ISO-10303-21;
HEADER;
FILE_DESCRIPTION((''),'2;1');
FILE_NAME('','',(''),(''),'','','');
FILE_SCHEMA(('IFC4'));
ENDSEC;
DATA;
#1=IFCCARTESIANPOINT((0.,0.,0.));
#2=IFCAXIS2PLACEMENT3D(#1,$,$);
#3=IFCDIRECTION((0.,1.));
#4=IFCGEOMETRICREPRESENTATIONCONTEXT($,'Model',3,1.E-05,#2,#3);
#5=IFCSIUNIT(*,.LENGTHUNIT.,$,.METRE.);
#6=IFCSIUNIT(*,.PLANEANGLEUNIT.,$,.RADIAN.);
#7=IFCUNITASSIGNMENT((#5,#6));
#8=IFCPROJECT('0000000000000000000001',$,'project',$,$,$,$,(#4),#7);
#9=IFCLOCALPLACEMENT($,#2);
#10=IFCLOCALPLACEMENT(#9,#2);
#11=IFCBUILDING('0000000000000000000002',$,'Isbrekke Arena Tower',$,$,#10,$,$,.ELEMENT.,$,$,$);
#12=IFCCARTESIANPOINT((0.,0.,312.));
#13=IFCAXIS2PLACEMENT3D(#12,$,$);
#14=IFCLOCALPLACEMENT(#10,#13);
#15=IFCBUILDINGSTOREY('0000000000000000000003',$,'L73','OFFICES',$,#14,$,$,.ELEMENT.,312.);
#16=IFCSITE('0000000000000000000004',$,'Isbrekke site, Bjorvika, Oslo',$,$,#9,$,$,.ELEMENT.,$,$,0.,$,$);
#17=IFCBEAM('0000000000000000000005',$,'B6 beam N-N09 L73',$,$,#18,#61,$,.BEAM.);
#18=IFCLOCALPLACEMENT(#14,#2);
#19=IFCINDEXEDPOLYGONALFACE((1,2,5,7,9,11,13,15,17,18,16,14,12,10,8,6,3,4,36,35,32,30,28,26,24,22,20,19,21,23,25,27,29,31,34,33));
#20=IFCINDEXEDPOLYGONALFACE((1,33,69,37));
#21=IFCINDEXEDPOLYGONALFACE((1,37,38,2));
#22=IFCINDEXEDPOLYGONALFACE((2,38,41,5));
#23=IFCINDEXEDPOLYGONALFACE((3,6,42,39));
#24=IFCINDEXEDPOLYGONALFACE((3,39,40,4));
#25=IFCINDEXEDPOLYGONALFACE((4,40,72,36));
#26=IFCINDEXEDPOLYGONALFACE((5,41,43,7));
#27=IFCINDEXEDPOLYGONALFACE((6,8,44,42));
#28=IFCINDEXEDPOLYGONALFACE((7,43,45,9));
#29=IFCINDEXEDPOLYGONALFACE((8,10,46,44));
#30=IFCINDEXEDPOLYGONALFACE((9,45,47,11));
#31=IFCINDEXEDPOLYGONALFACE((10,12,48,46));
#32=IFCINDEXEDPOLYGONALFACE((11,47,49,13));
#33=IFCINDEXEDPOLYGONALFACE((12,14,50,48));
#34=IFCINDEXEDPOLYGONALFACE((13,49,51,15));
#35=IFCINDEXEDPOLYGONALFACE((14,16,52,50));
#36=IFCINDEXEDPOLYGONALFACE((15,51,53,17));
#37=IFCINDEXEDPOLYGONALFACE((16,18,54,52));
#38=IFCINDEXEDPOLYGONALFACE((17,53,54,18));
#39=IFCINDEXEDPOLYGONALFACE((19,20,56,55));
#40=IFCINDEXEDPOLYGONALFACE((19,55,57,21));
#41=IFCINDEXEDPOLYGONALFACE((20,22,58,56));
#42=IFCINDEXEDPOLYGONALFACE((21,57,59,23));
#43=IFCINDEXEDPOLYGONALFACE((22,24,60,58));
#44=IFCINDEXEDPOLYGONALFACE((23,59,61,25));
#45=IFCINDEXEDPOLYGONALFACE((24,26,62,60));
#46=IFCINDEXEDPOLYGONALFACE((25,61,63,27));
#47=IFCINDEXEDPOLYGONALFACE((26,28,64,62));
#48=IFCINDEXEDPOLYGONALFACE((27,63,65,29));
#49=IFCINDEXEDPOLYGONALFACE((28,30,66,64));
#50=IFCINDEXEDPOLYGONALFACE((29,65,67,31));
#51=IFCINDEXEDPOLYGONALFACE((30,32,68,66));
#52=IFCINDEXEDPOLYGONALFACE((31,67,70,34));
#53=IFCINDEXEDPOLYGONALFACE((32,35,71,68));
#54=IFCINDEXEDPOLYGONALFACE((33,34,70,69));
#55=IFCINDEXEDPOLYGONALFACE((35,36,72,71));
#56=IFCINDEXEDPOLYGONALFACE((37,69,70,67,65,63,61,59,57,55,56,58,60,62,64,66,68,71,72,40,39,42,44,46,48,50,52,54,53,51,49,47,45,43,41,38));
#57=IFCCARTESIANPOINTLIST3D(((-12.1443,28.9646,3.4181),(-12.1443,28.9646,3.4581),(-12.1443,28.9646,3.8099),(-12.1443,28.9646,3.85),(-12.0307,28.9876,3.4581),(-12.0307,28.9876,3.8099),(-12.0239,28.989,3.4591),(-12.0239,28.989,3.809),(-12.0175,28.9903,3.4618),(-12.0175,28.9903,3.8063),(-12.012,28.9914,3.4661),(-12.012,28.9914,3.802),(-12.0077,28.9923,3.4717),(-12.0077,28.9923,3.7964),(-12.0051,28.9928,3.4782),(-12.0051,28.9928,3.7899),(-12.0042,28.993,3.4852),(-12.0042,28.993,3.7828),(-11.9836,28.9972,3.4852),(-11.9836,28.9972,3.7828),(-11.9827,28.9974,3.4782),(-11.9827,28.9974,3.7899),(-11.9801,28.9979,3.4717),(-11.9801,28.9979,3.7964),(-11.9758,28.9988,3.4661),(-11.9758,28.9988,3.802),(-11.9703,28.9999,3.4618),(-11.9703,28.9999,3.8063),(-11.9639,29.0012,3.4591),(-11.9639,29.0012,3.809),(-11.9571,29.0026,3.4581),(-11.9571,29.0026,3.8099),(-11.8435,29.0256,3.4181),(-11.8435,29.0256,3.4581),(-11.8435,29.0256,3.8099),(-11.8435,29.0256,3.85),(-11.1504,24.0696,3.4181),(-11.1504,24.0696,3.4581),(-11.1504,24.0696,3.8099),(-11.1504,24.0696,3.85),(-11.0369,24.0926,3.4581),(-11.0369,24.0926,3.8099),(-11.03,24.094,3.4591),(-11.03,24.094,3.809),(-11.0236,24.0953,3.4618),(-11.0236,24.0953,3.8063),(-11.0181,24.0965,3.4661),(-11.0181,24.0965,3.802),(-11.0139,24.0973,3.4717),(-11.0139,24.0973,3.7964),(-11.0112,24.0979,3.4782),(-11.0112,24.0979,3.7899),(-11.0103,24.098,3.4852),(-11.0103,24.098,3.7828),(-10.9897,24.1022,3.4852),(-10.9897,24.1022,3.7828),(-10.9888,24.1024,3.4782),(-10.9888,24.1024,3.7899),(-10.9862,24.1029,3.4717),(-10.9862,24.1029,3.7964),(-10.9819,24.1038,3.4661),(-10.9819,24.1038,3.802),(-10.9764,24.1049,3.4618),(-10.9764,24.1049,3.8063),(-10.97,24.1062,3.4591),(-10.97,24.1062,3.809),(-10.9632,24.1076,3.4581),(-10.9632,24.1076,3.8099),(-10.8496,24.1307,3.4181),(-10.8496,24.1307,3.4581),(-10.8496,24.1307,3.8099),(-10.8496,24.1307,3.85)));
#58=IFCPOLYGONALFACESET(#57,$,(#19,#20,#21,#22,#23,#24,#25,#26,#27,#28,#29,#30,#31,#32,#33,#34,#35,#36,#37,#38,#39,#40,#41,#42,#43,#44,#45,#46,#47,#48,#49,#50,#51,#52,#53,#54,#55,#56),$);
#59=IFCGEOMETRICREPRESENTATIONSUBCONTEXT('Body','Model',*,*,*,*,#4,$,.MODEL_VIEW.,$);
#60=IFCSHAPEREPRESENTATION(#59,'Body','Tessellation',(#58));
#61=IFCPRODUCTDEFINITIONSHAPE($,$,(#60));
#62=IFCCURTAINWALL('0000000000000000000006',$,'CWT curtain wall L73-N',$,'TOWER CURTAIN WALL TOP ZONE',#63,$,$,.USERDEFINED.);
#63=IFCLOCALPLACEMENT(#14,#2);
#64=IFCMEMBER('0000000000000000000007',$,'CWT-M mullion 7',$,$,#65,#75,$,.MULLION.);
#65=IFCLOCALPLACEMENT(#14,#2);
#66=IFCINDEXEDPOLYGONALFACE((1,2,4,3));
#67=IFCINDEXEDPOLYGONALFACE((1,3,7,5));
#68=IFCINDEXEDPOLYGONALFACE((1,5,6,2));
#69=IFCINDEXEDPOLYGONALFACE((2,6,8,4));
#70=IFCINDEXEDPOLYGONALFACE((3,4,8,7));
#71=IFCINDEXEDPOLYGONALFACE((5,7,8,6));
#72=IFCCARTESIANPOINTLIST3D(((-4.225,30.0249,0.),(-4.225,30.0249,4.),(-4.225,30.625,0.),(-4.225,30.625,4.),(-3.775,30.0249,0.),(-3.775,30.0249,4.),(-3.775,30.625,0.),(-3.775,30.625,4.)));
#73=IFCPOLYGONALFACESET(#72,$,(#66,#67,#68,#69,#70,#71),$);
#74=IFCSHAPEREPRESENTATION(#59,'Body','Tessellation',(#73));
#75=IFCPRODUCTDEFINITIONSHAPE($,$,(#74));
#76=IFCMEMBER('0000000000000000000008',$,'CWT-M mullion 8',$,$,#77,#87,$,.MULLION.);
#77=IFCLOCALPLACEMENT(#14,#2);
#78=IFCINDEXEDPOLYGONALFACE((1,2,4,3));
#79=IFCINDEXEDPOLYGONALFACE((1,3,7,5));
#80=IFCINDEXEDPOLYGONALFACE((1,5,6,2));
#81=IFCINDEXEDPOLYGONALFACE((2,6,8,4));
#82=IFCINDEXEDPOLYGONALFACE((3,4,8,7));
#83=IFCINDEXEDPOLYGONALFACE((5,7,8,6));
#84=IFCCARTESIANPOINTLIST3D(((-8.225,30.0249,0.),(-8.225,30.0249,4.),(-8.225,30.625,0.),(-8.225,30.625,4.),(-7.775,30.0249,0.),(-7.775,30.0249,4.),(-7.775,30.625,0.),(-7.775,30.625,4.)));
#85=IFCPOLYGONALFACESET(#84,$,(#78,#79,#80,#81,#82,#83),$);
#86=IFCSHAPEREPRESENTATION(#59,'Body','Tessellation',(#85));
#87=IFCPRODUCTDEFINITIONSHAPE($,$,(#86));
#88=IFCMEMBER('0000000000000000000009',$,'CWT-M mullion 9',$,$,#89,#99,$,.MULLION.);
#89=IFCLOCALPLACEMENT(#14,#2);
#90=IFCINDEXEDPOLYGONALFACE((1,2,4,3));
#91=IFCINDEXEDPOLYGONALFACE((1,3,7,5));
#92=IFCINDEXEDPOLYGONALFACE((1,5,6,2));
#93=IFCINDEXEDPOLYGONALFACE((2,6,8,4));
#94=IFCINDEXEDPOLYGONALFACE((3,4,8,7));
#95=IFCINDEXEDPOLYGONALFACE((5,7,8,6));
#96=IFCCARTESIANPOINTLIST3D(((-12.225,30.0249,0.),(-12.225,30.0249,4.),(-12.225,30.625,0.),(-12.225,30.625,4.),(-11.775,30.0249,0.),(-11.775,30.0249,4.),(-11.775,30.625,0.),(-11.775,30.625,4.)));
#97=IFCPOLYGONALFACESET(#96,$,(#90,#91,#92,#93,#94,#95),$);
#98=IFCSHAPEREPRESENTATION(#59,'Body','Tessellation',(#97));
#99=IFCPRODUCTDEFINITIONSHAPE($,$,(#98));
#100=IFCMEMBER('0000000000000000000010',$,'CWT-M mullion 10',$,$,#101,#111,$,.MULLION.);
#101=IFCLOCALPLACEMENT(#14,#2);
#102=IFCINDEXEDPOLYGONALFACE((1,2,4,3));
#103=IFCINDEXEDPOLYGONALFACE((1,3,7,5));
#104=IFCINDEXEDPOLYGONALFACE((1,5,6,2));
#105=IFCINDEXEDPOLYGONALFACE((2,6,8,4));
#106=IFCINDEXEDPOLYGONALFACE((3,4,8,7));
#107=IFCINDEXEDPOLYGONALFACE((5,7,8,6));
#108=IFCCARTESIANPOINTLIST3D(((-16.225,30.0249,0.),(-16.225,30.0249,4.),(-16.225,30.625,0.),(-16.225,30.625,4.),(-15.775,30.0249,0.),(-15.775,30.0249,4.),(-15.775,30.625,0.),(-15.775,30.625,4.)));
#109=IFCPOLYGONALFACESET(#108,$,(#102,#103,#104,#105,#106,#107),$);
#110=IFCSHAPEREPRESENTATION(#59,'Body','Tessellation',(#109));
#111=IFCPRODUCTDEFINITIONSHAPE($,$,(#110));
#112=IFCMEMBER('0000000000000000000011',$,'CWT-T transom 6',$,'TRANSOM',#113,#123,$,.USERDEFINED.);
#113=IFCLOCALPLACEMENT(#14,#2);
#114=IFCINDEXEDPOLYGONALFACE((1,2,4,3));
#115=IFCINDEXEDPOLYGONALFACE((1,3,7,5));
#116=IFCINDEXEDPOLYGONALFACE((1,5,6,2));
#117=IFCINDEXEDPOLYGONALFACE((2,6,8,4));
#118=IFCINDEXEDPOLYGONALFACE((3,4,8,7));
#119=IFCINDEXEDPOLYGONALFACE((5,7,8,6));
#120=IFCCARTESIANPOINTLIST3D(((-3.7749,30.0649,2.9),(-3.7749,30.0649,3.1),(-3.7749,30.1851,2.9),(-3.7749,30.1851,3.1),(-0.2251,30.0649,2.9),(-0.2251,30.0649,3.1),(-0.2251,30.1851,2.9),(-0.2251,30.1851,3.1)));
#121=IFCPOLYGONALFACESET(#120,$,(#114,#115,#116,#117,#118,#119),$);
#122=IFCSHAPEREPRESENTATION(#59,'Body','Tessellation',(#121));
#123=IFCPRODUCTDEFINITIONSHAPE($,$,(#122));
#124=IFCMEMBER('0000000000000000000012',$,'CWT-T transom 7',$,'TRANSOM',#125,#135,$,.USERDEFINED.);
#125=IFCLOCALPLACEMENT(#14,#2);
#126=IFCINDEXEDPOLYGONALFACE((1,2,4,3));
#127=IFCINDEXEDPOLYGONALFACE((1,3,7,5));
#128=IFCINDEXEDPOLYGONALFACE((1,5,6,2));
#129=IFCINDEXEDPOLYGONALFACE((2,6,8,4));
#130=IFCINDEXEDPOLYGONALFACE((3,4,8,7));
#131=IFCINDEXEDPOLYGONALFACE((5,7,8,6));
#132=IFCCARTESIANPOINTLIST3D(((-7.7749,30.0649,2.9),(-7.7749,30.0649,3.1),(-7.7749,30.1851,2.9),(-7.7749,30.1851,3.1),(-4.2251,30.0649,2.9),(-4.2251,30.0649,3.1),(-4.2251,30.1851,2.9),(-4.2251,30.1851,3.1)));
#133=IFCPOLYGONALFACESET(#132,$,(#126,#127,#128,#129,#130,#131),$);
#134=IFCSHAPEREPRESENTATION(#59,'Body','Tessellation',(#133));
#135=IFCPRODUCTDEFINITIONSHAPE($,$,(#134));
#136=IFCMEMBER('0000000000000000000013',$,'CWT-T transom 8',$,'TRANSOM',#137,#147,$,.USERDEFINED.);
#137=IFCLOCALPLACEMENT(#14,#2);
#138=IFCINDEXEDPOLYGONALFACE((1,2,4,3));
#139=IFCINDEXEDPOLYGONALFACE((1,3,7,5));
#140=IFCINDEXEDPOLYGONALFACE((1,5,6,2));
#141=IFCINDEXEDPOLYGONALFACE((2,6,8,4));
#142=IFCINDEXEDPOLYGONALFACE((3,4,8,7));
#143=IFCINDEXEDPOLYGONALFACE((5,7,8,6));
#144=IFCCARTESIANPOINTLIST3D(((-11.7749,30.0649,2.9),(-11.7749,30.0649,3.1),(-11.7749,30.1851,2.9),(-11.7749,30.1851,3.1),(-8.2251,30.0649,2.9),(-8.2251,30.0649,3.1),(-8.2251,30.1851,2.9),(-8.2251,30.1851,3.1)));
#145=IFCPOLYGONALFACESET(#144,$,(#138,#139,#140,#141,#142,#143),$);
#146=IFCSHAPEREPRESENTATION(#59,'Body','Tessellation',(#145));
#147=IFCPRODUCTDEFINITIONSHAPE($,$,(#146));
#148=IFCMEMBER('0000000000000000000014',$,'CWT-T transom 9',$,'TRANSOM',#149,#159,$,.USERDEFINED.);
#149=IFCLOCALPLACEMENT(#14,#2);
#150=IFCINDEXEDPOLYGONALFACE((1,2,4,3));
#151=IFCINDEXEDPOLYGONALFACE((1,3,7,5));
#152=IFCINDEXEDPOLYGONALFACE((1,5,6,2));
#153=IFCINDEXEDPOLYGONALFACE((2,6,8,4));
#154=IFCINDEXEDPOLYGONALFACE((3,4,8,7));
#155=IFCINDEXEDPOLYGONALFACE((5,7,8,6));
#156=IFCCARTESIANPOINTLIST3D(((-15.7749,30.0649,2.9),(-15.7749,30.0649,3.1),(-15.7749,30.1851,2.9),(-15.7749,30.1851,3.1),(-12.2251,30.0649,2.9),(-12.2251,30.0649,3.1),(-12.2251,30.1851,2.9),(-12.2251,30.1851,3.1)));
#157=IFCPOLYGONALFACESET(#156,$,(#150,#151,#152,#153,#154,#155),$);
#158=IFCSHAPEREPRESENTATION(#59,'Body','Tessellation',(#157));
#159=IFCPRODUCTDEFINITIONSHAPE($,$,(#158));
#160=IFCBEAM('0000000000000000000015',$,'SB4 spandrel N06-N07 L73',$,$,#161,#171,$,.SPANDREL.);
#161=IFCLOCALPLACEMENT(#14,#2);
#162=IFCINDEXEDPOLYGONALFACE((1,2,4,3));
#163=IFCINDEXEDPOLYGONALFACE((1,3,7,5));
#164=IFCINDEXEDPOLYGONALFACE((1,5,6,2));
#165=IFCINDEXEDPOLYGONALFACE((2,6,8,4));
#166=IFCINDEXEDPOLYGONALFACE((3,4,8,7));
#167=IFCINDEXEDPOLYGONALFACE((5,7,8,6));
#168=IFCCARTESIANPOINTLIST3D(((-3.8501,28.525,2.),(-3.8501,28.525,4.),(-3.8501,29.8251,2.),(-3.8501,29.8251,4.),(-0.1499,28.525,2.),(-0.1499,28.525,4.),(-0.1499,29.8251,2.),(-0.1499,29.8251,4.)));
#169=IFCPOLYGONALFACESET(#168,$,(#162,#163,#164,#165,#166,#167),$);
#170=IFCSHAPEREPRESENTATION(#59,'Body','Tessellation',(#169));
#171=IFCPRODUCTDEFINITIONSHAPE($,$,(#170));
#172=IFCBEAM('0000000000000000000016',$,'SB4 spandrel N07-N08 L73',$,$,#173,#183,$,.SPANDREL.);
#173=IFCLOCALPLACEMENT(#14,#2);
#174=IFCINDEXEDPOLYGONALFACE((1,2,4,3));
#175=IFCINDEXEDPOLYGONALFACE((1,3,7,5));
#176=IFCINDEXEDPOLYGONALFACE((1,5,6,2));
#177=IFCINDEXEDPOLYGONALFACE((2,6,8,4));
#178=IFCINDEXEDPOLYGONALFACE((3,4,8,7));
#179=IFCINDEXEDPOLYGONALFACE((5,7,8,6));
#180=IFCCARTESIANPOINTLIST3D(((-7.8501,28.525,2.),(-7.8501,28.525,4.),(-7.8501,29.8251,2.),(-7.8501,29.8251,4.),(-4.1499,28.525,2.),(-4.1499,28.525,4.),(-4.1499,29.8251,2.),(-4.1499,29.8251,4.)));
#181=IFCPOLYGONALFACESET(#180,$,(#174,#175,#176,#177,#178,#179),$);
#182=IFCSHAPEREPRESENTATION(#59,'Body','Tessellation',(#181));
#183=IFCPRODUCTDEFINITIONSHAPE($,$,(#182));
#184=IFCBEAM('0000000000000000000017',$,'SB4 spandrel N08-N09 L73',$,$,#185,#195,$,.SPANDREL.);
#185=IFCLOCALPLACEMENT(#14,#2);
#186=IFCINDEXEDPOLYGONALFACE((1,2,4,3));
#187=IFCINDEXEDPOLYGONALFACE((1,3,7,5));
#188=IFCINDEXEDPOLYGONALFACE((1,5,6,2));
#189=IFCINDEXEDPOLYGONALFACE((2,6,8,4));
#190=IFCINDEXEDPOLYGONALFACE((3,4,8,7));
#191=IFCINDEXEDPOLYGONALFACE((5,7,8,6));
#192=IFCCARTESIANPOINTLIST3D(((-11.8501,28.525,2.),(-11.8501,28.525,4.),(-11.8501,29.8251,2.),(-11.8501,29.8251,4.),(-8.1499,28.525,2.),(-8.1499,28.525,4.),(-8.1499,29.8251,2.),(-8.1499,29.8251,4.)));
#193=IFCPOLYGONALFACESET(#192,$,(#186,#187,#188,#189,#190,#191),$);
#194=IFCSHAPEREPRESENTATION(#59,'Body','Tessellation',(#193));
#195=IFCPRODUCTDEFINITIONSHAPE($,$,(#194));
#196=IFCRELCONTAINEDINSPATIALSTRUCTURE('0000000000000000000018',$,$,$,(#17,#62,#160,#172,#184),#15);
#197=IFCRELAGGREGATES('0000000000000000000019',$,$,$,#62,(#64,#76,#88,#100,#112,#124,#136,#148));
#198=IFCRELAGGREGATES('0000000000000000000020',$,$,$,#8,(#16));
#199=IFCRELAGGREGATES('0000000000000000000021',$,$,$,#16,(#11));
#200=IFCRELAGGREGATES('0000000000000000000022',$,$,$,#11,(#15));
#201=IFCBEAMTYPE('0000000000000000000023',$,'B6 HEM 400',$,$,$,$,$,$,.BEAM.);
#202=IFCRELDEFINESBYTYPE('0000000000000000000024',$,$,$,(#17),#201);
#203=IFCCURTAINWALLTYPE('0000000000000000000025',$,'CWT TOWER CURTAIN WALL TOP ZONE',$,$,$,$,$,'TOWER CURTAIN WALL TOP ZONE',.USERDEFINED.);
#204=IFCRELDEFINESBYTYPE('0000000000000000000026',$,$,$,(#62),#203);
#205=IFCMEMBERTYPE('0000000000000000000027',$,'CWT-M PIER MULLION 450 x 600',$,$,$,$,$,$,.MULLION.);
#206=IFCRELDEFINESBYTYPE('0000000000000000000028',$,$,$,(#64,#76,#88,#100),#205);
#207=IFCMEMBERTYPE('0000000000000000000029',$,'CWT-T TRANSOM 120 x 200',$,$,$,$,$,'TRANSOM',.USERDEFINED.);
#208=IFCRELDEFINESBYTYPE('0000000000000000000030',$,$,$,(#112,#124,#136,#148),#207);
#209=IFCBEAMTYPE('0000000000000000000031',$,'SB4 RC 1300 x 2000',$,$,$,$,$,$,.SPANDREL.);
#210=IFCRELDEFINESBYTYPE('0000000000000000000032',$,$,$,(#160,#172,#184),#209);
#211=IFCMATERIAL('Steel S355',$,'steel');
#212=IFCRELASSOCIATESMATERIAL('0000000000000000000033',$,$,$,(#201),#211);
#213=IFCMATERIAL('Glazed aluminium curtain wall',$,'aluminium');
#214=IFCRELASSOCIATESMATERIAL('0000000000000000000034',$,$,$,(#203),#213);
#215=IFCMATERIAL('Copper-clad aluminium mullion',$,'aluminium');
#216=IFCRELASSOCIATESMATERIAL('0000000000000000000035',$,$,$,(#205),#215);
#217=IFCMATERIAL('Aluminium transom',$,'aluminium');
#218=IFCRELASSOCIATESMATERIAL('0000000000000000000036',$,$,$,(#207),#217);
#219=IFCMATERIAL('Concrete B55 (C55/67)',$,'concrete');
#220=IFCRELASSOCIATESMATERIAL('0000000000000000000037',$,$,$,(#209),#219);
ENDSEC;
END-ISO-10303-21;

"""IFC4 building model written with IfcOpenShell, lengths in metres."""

from ifc_helpers import new_model, si_unit, direction, frame, origin, origin_2d, place, context, subcontext, project, spatial, rectangle, i_section, extrude, material, material_profile, profile_set, type_object, element, aggregate, save


model = new_model("IFC4")

# Units and contexts
model_context = context("Model", 3, precision=1e-05, world=origin(), true_north=direction((0.0, 1.0)))
body_context = subcontext(model_context, "Body", "Model", "MODEL_VIEW")
ifc_project = project(units=[si_unit("LENGTHUNIT", "METRE"), si_unit("PLANEANGLEUNIT", "RADIAN")], contexts=[model_context])

# Site, building, storey
site_placement = place(None, origin())
site = spatial("IfcSite", under=ifc_project, at=site_placement, Name="Isbrekke site, Bjorvika, Oslo", CompositionType="ELEMENT", RefElevation=0.0)
building_placement = place(site_placement, origin())
building = spatial("IfcBuilding", under=site, at=building_placement, Name="Isbrekke Arena Tower", CompositionType="ELEMENT")
storey_placement = place(building_placement, frame((0.0, 0.0, 312.0)))
storey = spatial("IfcBuildingStorey", under=building, at=storey_placement, Name="L73", Description="OFFICES", CompositionType="ELEMENT", Elevation=312.0)

# Beam
ifc_material_1 = material(Name="Steel S355", Category="steel")
ifc_material_profile_1 = material_profile(ifc_material_1, i_section(OverallWidth=0.3069, OverallDepth=0.4319, WebThickness=0.021, FlangeThickness=0.04, FilletRadius=0.0271, at=origin_2d()), Name="HEM 400")
ifc_profile_set_1 = profile_set([ifc_material_profile_1], Name="Steel S355")
beam_type_1 = type_object("IfcBeamType", Name="B6 HEM 400", PredefinedType="BEAM", material=ifc_profile_set_1)
beam_1_placement = place(storey_placement, frame((-11.9939, 28.9951, 3.634), z_axis=(0.198982, -0.980003, 0.0), x_axis=(0.980003, 0.198982, 0.0)))
element("IfcBeam", 1, at=beam_1_placement, inside=storey, type_object=beam_type_1, Name="B6 beam N-N09 L73", PredefinedType="BEAM", context=body_context, shape_type="SweptSolid", body=[
    extrude(i_section(OverallWidth=0.3069, OverallDepth=0.4319, WebThickness=0.021, FlangeThickness=0.04, FilletRadius=0.0271, at=origin_2d()), origin(), (0.0, 0.0, 1.0), 4.9949),
])

# Curtain wall, members
ifc_material_2 = material(Name="Glazed aluminium curtain wall", Category="aluminium")
curtain_wall_type = type_object("IfcCurtainWallType", Name="CWT TOWER CURTAIN WALL TOP ZONE", ElementType="TOWER CURTAIN WALL TOP ZONE", PredefinedType="USERDEFINED", material=ifc_material_2)
curtain_wall_placement = place(storey_placement, origin())
curtain_wall = element("IfcCurtainWall", 2, at=curtain_wall_placement, inside=storey, type_object=curtain_wall_type, Name="CWT curtain wall L73-N", ObjectType="TOWER CURTAIN WALL TOP ZONE", PredefinedType="USERDEFINED")
ifc_material_3 = material(Name="Copper-clad aluminium mullion", Category="aluminium")
ifc_material_profile_2 = material_profile(ifc_material_3, rectangle(XDim=0.45, YDim=0.6001, at=origin_2d()), Name="PIER 450X600")
ifc_profile_set_2 = profile_set([ifc_material_profile_2], Name="Copper-clad aluminium mullion")
member_type_1 = type_object("IfcMemberType", Name="CWT-M PIER MULLION 450 x 600", PredefinedType="MULLION", material=ifc_profile_set_2)
member_1_placement = place(storey_placement, frame((-4.0, 30.325, 0.0), z_axis=(0.0, 0.0, 1.0), x_axis=(-1.0, 0.0, 0.0)))
member_1 = element("IfcMember", 3, at=member_1_placement, type_object=member_type_1, Name="CWT-M mullion 7", PredefinedType="MULLION", context=body_context, shape_type="SweptSolid", body=[
    extrude(rectangle(XDim=0.45, YDim=0.6001, at=origin_2d()), origin(), (0.0, 0.0, 1.0), 4.0),
])
member_2_placement = place(storey_placement, frame((-8.0, 30.325, 0.0), z_axis=(0.0, 0.0, 1.0), x_axis=(-1.0, 0.0, 0.0)))
member_2 = element("IfcMember", 4, at=member_2_placement, type_object=member_type_1, Name="CWT-M mullion 8", PredefinedType="MULLION", context=body_context, shape_type="SweptSolid", body=[
    extrude(rectangle(XDim=0.45, YDim=0.6001, at=origin_2d()), origin(), (0.0, 0.0, 1.0), 4.0),
])
member_3_placement = place(storey_placement, frame((-12.0, 30.325, 0.0), z_axis=(0.0, 0.0, 1.0), x_axis=(-1.0, 0.0, 0.0)))
member_3 = element("IfcMember", 5, at=member_3_placement, type_object=member_type_1, Name="CWT-M mullion 9", PredefinedType="MULLION", context=body_context, shape_type="SweptSolid", body=[
    extrude(rectangle(XDim=0.45, YDim=0.6001, at=origin_2d()), origin(), (0.0, 0.0, 1.0), 4.0),
])
member_4_placement = place(storey_placement, frame((-16.0, 30.325, 0.0), z_axis=(0.0, 0.0, 1.0), x_axis=(-1.0, 0.0, 0.0)))
member_4 = element("IfcMember", 6, at=member_4_placement, type_object=member_type_1, Name="CWT-M mullion 10", PredefinedType="MULLION", context=body_context, shape_type="SweptSolid", body=[
    extrude(rectangle(XDim=0.45, YDim=0.6001, at=origin_2d()), origin(), (0.0, 0.0, 1.0), 4.0),
])
ifc_material_4 = material(Name="Aluminium transom", Category="aluminium")
ifc_material_profile_3 = material_profile(ifc_material_4, rectangle(XDim=0.1201, YDim=0.2, at=origin_2d()), Name="TRANSOM 120X200")
ifc_profile_set_3 = profile_set([ifc_material_profile_3], Name="Aluminium transom")
member_type_2 = type_object("IfcMemberType", Name="CWT-T TRANSOM 120 x 200", ElementType="TRANSOM", PredefinedType="USERDEFINED", material=ifc_profile_set_3)
member_5_placement = place(storey_placement, frame((-0.2251, 30.125, 3.0), z_axis=(-1.0, 0.0, 0.0), x_axis=(0.0, -1.0, 0.0)))
member_5 = element("IfcMember", 7, at=member_5_placement, type_object=member_type_2, Name="CWT-T transom 6", ObjectType="TRANSOM", PredefinedType="USERDEFINED", context=body_context, shape_type="SweptSolid", body=[
    extrude(rectangle(XDim=0.1201, YDim=0.2, at=origin_2d()), origin(), (0.0, 0.0, 1.0), 3.5498),
])
member_6_placement = place(storey_placement, frame((-4.2251, 30.125, 3.0), z_axis=(-1.0, 0.0, 0.0), x_axis=(0.0, -1.0, 0.0)))
member_6 = element("IfcMember", 8, at=member_6_placement, type_object=member_type_2, Name="CWT-T transom 7", ObjectType="TRANSOM", PredefinedType="USERDEFINED", context=body_context, shape_type="SweptSolid", body=[
    extrude(rectangle(XDim=0.1201, YDim=0.2, at=origin_2d()), origin(), (0.0, 0.0, 1.0), 3.5498),
])
member_7_placement = place(storey_placement, frame((-8.2251, 30.125, 3.0), z_axis=(-1.0, 0.0, 0.0), x_axis=(0.0, -1.0, 0.0)))
member_7 = element("IfcMember", 9, at=member_7_placement, type_object=member_type_2, Name="CWT-T transom 8", ObjectType="TRANSOM", PredefinedType="USERDEFINED", context=body_context, shape_type="SweptSolid", body=[
    extrude(rectangle(XDim=0.1201, YDim=0.2, at=origin_2d()), origin(), (0.0, 0.0, 1.0), 3.5498),
])
member_8_placement = place(storey_placement, frame((-12.2251, 30.125, 3.0), z_axis=(-1.0, 0.0, 0.0), x_axis=(0.0, -1.0, 0.0)))
member_8 = element("IfcMember", 10, at=member_8_placement, type_object=member_type_2, Name="CWT-T transom 9", ObjectType="TRANSOM", PredefinedType="USERDEFINED", context=body_context, shape_type="SweptSolid", body=[
    extrude(rectangle(XDim=0.1201, YDim=0.2, at=origin_2d()), origin(), (0.0, 0.0, 1.0), 3.5498),
])

# Beams
ifc_material_5 = material(Name="Concrete B55 (C55/67)", Category="concrete")
ifc_material_profile_4 = material_profile(ifc_material_5, rectangle(XDim=1.3, YDim=2.0, at=origin_2d()), Name="RC 1300x2000")
ifc_profile_set_4 = profile_set([ifc_material_profile_4], Name="Concrete B55 (C55/67)")
beam_type_2 = type_object("IfcBeamType", Name="SB4 RC 1300 x 2000", PredefinedType="SPANDREL", material=ifc_profile_set_4)
for number, where, z_axis, x_axis, name in (
    (11, (-0.1499, 29.175, 3.0), (-1.0, 0.0, 0.0), (0.0, -1.0, 0.0), "SB4 spandrel N06-N07 L73"),
    (12, (-4.1499, 29.175, 3.0), (-1.0, 0.0, 0.0), (0.0, -1.0, 0.0), "SB4 spandrel N07-N08 L73"),
    (13, (-8.1499, 29.175, 3.0), (-1.0, 0.0, 0.0), (0.0, -1.0, 0.0), "SB4 spandrel N08-N09 L73"),
):
    element("IfcBeam", number, at=place(storey_placement, frame(where, z_axis=z_axis, x_axis=x_axis)), inside=storey, type_object=beam_type_2, Name=name, PredefinedType="SPANDREL", context=body_context, shape_type="SweptSolid", body=[
        extrude(rectangle(XDim=1.3, YDim=2.0, at=origin_2d()), origin(), (0.0, 0.0, 1.0), 3.7002),
    ])

aggregate(curtain_wall, [member_1, member_2, member_3, member_4, member_5, member_6, member_7, member_8])

save(model, "model.ifc")
